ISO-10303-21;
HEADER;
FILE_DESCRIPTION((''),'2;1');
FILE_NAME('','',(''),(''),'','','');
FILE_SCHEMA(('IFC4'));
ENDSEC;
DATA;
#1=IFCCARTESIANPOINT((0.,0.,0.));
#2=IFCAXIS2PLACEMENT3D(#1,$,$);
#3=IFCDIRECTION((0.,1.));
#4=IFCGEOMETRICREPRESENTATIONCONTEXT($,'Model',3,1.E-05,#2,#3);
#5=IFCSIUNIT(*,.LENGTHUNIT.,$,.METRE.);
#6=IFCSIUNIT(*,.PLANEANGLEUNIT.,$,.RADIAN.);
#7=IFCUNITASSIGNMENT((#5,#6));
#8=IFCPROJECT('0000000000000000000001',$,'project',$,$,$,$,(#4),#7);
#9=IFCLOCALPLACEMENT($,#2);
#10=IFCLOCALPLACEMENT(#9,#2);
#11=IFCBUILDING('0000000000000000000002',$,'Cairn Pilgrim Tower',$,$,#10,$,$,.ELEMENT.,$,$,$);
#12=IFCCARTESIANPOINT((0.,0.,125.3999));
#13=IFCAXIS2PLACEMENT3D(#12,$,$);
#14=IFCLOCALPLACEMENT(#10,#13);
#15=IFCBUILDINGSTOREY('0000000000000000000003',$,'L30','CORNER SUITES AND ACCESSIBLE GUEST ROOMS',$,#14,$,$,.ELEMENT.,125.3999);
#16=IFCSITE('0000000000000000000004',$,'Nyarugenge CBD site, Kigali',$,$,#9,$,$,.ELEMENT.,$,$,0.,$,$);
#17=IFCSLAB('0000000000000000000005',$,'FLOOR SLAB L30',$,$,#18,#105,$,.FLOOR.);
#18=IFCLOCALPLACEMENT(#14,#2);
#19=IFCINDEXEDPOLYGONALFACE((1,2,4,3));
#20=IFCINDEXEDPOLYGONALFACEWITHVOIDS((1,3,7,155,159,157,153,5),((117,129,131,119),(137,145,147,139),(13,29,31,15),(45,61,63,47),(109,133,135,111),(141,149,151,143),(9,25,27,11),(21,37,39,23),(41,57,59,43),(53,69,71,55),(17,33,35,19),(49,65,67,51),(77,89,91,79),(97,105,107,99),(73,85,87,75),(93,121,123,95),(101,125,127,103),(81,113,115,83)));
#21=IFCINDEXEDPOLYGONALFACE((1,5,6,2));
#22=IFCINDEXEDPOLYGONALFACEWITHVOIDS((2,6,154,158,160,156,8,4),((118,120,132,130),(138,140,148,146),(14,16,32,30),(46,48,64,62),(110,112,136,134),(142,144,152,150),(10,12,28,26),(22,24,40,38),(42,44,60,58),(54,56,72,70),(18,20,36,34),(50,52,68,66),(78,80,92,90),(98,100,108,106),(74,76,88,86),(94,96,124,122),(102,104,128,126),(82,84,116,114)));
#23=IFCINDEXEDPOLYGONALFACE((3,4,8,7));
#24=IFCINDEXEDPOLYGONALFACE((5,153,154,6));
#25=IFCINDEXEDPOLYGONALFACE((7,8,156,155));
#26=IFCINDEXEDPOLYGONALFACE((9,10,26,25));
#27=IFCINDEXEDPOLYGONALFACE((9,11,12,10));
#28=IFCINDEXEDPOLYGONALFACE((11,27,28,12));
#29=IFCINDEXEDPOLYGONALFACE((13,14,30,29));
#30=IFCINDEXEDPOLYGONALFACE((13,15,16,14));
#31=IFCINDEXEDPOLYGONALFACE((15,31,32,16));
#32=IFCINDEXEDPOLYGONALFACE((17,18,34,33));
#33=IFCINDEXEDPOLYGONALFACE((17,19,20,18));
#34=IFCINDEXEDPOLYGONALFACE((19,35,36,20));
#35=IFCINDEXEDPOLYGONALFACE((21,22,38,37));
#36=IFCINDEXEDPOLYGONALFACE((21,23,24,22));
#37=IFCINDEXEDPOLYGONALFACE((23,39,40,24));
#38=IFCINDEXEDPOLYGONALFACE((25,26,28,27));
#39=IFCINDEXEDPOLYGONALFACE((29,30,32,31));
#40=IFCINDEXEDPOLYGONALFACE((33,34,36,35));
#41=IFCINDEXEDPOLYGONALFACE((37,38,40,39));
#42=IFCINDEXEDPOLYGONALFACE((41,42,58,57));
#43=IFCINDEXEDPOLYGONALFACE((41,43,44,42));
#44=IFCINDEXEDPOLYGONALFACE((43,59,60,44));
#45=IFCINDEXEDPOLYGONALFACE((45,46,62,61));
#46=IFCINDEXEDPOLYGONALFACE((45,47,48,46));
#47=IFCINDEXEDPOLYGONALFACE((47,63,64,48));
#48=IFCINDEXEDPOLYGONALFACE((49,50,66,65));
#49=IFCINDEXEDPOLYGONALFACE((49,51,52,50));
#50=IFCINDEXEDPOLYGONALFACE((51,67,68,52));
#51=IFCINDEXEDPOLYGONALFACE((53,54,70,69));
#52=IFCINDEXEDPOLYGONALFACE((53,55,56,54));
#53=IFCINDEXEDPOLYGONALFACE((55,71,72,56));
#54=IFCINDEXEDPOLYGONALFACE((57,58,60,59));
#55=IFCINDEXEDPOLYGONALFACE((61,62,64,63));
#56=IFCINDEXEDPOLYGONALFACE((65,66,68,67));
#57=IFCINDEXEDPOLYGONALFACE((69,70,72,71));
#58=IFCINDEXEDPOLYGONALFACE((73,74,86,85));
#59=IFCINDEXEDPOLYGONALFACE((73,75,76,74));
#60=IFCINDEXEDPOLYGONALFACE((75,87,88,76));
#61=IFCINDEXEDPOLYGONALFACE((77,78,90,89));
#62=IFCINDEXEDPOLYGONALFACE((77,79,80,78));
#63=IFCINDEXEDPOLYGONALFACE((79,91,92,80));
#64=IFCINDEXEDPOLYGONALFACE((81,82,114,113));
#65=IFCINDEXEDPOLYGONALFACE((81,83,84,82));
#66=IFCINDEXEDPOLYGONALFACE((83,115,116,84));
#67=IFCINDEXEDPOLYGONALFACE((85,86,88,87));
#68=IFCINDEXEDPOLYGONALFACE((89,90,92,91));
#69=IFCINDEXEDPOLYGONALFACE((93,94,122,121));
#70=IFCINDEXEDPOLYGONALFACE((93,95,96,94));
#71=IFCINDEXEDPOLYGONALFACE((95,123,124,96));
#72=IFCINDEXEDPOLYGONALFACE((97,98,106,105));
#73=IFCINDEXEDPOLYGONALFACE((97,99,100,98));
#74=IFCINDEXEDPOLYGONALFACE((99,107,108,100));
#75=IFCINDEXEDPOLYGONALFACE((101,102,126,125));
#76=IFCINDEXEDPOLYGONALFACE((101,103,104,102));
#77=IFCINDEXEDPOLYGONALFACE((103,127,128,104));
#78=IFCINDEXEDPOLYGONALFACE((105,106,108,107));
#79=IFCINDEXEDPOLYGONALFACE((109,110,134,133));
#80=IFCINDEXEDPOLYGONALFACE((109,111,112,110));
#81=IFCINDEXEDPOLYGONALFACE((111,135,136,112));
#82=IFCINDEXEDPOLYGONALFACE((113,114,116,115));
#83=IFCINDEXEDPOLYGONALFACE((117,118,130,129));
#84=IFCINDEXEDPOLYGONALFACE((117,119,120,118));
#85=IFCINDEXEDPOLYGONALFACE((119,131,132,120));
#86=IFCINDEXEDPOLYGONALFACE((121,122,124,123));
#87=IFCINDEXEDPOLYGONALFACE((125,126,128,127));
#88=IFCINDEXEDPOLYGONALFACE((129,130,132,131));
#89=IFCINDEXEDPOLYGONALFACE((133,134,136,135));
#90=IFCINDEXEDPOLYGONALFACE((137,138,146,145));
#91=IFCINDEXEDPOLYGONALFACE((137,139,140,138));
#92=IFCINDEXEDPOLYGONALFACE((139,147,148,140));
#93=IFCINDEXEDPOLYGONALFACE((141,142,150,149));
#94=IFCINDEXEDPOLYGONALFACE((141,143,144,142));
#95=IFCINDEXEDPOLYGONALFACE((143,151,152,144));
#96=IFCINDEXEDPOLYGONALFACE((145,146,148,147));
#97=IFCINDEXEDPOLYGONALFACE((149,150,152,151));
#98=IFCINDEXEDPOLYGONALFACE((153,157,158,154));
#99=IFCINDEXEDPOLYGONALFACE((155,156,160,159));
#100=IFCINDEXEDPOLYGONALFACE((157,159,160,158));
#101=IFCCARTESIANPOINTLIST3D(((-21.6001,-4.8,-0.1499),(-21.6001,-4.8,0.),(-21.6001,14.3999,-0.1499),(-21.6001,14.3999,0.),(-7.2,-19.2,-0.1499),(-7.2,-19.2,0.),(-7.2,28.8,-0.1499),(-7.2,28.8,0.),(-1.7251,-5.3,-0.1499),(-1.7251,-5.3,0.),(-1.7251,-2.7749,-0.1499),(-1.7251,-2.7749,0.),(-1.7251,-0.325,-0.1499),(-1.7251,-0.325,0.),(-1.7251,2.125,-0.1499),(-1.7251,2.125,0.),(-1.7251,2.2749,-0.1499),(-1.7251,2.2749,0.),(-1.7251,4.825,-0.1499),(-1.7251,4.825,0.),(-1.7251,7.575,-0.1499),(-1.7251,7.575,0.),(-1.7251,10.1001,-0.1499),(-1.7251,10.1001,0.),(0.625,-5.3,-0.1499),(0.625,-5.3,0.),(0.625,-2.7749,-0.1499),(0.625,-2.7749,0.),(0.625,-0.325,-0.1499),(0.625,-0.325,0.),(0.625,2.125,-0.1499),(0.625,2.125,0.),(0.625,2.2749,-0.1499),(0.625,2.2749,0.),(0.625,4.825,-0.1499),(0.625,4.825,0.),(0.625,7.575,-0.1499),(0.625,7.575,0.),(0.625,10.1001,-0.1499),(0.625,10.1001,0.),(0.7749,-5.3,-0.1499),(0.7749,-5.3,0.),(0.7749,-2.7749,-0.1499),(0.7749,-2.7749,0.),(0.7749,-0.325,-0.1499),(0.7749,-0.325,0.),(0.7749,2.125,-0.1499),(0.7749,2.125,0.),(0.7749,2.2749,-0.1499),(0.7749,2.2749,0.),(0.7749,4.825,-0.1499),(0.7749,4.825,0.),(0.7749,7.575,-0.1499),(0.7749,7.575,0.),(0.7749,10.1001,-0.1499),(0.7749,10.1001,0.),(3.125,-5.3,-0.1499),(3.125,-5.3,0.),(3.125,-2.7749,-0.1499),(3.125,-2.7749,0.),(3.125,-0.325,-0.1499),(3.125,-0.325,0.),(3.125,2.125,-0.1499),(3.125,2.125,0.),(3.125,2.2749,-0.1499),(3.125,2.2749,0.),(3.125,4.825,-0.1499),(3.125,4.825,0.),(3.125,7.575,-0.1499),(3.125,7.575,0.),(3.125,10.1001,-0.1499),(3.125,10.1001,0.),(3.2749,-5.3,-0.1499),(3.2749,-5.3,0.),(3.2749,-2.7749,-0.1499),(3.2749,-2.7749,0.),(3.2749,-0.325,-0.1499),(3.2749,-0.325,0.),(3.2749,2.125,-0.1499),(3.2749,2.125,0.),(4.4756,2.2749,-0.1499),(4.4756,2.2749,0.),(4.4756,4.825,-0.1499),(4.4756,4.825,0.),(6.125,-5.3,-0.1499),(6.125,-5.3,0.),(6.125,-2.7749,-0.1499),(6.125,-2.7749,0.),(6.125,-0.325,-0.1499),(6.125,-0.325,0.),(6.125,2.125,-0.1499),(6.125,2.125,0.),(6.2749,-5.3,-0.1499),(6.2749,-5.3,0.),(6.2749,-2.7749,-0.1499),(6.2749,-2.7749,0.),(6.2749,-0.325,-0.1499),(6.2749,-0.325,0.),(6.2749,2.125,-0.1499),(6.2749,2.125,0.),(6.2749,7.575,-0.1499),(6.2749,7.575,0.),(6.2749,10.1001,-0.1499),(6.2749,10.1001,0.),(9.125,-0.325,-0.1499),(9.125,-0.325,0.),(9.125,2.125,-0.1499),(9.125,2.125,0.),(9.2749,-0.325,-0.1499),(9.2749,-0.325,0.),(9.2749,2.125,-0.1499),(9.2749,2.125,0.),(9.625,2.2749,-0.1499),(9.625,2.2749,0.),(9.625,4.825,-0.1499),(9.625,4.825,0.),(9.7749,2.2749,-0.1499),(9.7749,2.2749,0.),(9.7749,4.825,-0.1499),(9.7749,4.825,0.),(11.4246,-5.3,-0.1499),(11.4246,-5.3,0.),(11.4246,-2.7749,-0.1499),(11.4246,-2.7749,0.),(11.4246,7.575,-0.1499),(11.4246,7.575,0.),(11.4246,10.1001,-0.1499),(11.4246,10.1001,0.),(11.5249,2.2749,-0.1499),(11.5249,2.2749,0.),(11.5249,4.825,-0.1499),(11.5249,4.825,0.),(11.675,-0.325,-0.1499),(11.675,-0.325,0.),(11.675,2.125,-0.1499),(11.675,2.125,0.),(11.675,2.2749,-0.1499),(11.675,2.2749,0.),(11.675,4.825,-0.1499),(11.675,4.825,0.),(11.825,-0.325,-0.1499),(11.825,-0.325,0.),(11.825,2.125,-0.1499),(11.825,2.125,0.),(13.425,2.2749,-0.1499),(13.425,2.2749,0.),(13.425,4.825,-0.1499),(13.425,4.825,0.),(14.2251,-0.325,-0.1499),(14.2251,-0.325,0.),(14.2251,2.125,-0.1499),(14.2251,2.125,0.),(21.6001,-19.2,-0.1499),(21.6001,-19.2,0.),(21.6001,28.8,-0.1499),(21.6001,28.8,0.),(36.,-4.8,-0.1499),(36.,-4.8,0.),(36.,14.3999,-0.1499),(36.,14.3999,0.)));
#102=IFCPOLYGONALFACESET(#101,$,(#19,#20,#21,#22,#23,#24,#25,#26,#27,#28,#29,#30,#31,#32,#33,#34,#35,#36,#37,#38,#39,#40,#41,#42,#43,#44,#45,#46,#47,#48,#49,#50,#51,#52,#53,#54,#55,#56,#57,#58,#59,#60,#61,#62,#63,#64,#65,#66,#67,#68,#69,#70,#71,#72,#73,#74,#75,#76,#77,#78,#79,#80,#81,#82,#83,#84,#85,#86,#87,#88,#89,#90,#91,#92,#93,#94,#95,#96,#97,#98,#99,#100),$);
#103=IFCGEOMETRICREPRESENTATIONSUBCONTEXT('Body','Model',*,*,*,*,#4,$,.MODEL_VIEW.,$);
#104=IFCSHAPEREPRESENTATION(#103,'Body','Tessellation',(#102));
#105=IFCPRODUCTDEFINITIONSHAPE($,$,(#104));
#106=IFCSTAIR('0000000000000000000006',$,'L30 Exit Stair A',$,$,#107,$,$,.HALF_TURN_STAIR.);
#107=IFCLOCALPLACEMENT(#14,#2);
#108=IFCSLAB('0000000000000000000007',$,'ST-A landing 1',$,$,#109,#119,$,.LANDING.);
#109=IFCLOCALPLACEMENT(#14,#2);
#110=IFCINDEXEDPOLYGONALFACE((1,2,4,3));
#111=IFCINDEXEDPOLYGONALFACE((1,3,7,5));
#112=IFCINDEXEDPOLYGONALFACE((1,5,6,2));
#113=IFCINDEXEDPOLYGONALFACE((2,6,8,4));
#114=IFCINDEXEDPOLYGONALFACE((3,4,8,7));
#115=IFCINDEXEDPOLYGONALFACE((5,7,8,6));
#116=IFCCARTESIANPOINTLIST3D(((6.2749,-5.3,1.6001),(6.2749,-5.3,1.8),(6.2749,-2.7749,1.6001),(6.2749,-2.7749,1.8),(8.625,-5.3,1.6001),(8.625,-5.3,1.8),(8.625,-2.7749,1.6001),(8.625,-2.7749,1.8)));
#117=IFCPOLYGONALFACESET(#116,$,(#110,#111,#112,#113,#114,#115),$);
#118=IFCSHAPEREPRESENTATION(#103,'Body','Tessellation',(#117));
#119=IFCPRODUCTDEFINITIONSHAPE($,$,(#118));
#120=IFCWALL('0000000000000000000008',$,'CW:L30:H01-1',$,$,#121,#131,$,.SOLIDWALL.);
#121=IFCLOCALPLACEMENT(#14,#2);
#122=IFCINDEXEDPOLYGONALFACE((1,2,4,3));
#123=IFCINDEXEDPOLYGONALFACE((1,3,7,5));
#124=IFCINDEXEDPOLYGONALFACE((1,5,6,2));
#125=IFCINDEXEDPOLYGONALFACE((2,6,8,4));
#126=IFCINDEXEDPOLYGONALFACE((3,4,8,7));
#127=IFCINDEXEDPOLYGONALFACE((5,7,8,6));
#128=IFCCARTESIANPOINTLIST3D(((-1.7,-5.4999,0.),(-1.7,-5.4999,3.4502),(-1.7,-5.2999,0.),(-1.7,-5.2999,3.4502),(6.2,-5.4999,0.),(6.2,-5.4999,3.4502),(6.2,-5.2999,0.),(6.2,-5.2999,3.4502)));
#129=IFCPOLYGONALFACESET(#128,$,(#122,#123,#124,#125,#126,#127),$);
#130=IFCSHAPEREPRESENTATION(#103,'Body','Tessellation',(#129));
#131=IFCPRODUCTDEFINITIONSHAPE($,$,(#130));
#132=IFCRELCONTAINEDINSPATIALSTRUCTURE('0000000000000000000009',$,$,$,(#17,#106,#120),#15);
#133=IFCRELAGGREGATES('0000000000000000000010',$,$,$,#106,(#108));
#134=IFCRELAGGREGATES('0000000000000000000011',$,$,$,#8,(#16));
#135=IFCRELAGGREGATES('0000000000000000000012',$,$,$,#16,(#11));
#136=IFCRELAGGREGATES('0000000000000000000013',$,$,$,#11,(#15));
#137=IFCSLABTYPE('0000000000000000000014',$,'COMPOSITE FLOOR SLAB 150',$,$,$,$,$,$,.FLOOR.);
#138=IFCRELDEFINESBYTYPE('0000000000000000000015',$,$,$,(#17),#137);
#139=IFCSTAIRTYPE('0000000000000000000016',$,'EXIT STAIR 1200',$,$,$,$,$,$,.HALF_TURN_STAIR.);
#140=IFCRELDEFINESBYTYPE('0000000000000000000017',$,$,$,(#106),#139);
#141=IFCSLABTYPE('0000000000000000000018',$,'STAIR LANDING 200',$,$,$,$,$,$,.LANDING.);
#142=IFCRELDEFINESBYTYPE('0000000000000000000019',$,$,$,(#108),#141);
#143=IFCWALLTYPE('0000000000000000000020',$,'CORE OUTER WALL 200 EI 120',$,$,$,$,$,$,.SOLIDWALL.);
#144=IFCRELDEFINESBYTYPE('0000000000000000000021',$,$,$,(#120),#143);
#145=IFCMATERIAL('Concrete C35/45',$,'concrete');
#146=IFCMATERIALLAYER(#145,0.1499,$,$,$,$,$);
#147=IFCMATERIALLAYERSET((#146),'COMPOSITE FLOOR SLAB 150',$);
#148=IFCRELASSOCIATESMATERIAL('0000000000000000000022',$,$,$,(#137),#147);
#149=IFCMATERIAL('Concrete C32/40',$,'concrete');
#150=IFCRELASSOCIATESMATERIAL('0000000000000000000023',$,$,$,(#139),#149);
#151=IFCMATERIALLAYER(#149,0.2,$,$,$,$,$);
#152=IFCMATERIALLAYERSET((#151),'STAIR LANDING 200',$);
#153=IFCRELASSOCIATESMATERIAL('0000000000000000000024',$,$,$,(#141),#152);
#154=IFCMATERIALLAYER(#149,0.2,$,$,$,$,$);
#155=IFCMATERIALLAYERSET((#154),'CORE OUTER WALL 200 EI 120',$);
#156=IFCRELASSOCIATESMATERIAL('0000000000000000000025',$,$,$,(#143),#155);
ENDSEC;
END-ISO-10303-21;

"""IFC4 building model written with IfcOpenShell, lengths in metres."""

from ifc_helpers import new_model, si_unit, direction, frame, frame_2d, origin, place, context, subcontext, project, spatial, polyline, rectangle, outline, extrude, material, layer, layer_set, type_object, element, aggregate, save


model = new_model("IFC4")

# Units and contexts
model_context = context("Model", 3, precision=1e-05, world=origin(), true_north=direction((0.0, 1.0)))
body_context = subcontext(model_context, "Body", "Model", "MODEL_VIEW")
ifc_project = project(units=[si_unit("LENGTHUNIT", "METRE"), si_unit("PLANEANGLEUNIT", "RADIAN")], contexts=[model_context])

# Site, building, storey
site_placement = place(None, origin())
site = spatial("IfcSite", under=ifc_project, at=site_placement, Name="Nyarugenge CBD site, Kigali", CompositionType="ELEMENT", RefElevation=0.0)
building_placement = place(site_placement, origin())
building = spatial("IfcBuilding", under=site, at=building_placement, Name="Cairn Pilgrim Tower", CompositionType="ELEMENT")
storey_placement = place(building_placement, frame((0.0, 0.0, 125.3999)))
storey = spatial("IfcBuildingStorey", under=building, at=storey_placement, Name="L30", Description="CORNER SUITES AND ACCESSIBLE GUEST ROOMS", CompositionType="ELEMENT", Elevation=125.3999)

# Slab
ifc_material_1 = material(Name="Concrete C35/45", Category="concrete")
ifc_layer_1 = layer(ifc_material_1, 0.1499)
ifc_layer_set_1 = layer_set([ifc_layer_1], Name="COMPOSITE FLOOR SLAB 150")
slab_type_1 = type_object("IfcSlabType", Name="COMPOSITE FLOOR SLAB 150", PredefinedType="FLOOR", material=ifc_layer_set_1)
slab_1_placement = place(storey_placement, frame((0.0, 0.0, -0.1499)))
element("IfcSlab", 1, at=slab_1_placement, inside=storey, type_object=slab_type_1, Name="FLOOR SLAB L30", PredefinedType="FLOOR", context=body_context, shape_type="SweptSolid", body=[
    extrude(outline(polyline([(-7.2, -19.2), (21.6001, -19.2), (36.0, -4.8), (36.0, 14.3999), (21.6001, 28.8), (-7.2, 28.8), (-21.6001, 14.3999), (-21.6001, -4.8), (-7.2, -19.2)]), holes=[polyline([(-1.7251, -5.3), (0.625, -5.3), (0.625, -2.7749), (-1.7251, -2.7749), (-1.7251, -5.3)]), polyline([(0.7749, -5.3), (3.125, -5.3), (3.125, -2.7749), (0.7749, -2.7749), (0.7749, -5.3)]), polyline([(-1.7251, -0.325), (0.625, -0.325), (0.625, 2.125), (-1.7251, 2.125), (-1.7251, -0.325)]), polyline([(0.7749, -0.325), (3.125, -0.325), (3.125, 2.125), (0.7749, 2.125), (0.7749, -0.325)]), polyline([(3.2749, -5.3), (6.125, -5.3), (6.125, -2.7749), (3.2749, -2.7749), (3.2749, -5.3)]), polyline([(3.2749, -0.325), (6.125, -0.325), (6.125, 2.125), (3.2749, 2.125), (3.2749, -0.325)]), polyline([(6.2749, -0.325), (9.125, -0.325), (9.125, 2.125), (6.2749, 2.125), (6.2749, -0.325)]), polyline([(9.2749, -0.325), (11.675, -0.325), (11.675, 2.125), (9.2749, 2.125), (9.2749, -0.325)]), polyline([(11.825, -0.325), (14.2251, -0.325), (14.2251, 2.125), (11.825, 2.125), (11.825, -0.325)]), polyline([(-1.7251, 2.2749), (0.625, 2.2749), (0.625, 4.825), (-1.7251, 4.825), (-1.7251, 2.2749)]), polyline([(0.7749, 2.2749), (3.125, 2.2749), (3.125, 4.825), (0.7749, 4.825), (0.7749, 2.2749)]), polyline([(-1.7251, 7.575), (0.625, 7.575), (0.625, 10.1001), (-1.7251, 10.1001), (-1.7251, 7.575)]), polyline([(0.7749, 7.575), (3.125, 7.575), (3.125, 10.1001), (0.7749, 10.1001), (0.7749, 7.575)]), polyline([(9.7749, 2.2749), (11.5249, 2.2749), (11.5249, 4.825), (9.7749, 4.825), (9.7749, 2.2749)]), polyline([(11.675, 2.2749), (13.425, 2.2749), (13.425, 4.825), (11.675, 4.825), (11.675, 2.2749)]), polyline([(11.4246, -2.7749), (6.2749, -2.7749), (6.2749, -5.3), (11.4246, -5.3), (11.4246, -2.7749)]), polyline([(4.4756, 2.2749), (9.625, 2.2749), (9.625, 4.825), (4.4756, 4.825), (4.4756, 2.2749)]), polyline([(11.4246, 10.1001), (6.2749, 10.1001), (6.2749, 7.575), (11.4246, 7.575), (11.4246, 10.1001)])]), origin(), (0.0, 0.0, 1.0), 0.1499),
])

# Stair, slab
ifc_material_2 = material(Name="Concrete C32/40", Category="concrete")
stair_type = type_object("IfcStairType", Name="EXIT STAIR 1200", PredefinedType="HALF_TURN_STAIR", material=ifc_material_2)
stair_placement = place(storey_placement, origin())
stair = element("IfcStair", 2, at=stair_placement, inside=storey, type_object=stair_type, Name="L30 Exit Stair A", PredefinedType="HALF_TURN_STAIR")
ifc_layer_2 = layer(ifc_material_2, 0.2)
ifc_layer_set_2 = layer_set([ifc_layer_2], Name="STAIR LANDING 200")
slab_type_2 = type_object("IfcSlabType", Name="STAIR LANDING 200", PredefinedType="LANDING", material=ifc_layer_set_2)
slab_2_placement = place(storey_placement, frame((0.0, 0.0, 1.6001)))
slab_2 = element("IfcSlab", 3, at=slab_2_placement, type_object=slab_type_2, Name="ST-A landing 1", PredefinedType="LANDING", context=body_context, shape_type="SweptSolid", body=[
    extrude(outline(polyline([(8.625, -2.7749), (6.2749, -2.7749), (6.2749, -5.3), (8.625, -5.3), (8.625, -2.7749)])), origin(), (0.0, 0.0, 1.0), 0.2),
])
aggregate(stair, [slab_2])

# Wall
ifc_layer_3 = layer(ifc_material_2, 0.2)
ifc_layer_set_3 = layer_set([ifc_layer_3], Name="CORE OUTER WALL 200 EI 120")
wall_type_1 = type_object("IfcWallType", Name="CORE OUTER WALL 200 EI 120", PredefinedType="SOLIDWALL", material=ifc_layer_set_3)
wall_1_placement = place(storey_placement, frame((-1.7, -5.3999, 0.0), z_axis=(0.0, 0.0, 1.0), x_axis=(1.0, 0.0, 0.0)))
element("IfcWall", 4, at=wall_1_placement, inside=storey, type_object=wall_type_1, Name="CW:L30:H01-1", PredefinedType="SOLIDWALL", context=body_context, shape_type="SweptSolid", body=[
    extrude(rectangle(XDim=7.8999, YDim=0.2, at=frame_2d((3.95, 0.0))), origin(), (0.0, 0.0, 1.0), 3.4502),
])

save(model, "model.ifc")
